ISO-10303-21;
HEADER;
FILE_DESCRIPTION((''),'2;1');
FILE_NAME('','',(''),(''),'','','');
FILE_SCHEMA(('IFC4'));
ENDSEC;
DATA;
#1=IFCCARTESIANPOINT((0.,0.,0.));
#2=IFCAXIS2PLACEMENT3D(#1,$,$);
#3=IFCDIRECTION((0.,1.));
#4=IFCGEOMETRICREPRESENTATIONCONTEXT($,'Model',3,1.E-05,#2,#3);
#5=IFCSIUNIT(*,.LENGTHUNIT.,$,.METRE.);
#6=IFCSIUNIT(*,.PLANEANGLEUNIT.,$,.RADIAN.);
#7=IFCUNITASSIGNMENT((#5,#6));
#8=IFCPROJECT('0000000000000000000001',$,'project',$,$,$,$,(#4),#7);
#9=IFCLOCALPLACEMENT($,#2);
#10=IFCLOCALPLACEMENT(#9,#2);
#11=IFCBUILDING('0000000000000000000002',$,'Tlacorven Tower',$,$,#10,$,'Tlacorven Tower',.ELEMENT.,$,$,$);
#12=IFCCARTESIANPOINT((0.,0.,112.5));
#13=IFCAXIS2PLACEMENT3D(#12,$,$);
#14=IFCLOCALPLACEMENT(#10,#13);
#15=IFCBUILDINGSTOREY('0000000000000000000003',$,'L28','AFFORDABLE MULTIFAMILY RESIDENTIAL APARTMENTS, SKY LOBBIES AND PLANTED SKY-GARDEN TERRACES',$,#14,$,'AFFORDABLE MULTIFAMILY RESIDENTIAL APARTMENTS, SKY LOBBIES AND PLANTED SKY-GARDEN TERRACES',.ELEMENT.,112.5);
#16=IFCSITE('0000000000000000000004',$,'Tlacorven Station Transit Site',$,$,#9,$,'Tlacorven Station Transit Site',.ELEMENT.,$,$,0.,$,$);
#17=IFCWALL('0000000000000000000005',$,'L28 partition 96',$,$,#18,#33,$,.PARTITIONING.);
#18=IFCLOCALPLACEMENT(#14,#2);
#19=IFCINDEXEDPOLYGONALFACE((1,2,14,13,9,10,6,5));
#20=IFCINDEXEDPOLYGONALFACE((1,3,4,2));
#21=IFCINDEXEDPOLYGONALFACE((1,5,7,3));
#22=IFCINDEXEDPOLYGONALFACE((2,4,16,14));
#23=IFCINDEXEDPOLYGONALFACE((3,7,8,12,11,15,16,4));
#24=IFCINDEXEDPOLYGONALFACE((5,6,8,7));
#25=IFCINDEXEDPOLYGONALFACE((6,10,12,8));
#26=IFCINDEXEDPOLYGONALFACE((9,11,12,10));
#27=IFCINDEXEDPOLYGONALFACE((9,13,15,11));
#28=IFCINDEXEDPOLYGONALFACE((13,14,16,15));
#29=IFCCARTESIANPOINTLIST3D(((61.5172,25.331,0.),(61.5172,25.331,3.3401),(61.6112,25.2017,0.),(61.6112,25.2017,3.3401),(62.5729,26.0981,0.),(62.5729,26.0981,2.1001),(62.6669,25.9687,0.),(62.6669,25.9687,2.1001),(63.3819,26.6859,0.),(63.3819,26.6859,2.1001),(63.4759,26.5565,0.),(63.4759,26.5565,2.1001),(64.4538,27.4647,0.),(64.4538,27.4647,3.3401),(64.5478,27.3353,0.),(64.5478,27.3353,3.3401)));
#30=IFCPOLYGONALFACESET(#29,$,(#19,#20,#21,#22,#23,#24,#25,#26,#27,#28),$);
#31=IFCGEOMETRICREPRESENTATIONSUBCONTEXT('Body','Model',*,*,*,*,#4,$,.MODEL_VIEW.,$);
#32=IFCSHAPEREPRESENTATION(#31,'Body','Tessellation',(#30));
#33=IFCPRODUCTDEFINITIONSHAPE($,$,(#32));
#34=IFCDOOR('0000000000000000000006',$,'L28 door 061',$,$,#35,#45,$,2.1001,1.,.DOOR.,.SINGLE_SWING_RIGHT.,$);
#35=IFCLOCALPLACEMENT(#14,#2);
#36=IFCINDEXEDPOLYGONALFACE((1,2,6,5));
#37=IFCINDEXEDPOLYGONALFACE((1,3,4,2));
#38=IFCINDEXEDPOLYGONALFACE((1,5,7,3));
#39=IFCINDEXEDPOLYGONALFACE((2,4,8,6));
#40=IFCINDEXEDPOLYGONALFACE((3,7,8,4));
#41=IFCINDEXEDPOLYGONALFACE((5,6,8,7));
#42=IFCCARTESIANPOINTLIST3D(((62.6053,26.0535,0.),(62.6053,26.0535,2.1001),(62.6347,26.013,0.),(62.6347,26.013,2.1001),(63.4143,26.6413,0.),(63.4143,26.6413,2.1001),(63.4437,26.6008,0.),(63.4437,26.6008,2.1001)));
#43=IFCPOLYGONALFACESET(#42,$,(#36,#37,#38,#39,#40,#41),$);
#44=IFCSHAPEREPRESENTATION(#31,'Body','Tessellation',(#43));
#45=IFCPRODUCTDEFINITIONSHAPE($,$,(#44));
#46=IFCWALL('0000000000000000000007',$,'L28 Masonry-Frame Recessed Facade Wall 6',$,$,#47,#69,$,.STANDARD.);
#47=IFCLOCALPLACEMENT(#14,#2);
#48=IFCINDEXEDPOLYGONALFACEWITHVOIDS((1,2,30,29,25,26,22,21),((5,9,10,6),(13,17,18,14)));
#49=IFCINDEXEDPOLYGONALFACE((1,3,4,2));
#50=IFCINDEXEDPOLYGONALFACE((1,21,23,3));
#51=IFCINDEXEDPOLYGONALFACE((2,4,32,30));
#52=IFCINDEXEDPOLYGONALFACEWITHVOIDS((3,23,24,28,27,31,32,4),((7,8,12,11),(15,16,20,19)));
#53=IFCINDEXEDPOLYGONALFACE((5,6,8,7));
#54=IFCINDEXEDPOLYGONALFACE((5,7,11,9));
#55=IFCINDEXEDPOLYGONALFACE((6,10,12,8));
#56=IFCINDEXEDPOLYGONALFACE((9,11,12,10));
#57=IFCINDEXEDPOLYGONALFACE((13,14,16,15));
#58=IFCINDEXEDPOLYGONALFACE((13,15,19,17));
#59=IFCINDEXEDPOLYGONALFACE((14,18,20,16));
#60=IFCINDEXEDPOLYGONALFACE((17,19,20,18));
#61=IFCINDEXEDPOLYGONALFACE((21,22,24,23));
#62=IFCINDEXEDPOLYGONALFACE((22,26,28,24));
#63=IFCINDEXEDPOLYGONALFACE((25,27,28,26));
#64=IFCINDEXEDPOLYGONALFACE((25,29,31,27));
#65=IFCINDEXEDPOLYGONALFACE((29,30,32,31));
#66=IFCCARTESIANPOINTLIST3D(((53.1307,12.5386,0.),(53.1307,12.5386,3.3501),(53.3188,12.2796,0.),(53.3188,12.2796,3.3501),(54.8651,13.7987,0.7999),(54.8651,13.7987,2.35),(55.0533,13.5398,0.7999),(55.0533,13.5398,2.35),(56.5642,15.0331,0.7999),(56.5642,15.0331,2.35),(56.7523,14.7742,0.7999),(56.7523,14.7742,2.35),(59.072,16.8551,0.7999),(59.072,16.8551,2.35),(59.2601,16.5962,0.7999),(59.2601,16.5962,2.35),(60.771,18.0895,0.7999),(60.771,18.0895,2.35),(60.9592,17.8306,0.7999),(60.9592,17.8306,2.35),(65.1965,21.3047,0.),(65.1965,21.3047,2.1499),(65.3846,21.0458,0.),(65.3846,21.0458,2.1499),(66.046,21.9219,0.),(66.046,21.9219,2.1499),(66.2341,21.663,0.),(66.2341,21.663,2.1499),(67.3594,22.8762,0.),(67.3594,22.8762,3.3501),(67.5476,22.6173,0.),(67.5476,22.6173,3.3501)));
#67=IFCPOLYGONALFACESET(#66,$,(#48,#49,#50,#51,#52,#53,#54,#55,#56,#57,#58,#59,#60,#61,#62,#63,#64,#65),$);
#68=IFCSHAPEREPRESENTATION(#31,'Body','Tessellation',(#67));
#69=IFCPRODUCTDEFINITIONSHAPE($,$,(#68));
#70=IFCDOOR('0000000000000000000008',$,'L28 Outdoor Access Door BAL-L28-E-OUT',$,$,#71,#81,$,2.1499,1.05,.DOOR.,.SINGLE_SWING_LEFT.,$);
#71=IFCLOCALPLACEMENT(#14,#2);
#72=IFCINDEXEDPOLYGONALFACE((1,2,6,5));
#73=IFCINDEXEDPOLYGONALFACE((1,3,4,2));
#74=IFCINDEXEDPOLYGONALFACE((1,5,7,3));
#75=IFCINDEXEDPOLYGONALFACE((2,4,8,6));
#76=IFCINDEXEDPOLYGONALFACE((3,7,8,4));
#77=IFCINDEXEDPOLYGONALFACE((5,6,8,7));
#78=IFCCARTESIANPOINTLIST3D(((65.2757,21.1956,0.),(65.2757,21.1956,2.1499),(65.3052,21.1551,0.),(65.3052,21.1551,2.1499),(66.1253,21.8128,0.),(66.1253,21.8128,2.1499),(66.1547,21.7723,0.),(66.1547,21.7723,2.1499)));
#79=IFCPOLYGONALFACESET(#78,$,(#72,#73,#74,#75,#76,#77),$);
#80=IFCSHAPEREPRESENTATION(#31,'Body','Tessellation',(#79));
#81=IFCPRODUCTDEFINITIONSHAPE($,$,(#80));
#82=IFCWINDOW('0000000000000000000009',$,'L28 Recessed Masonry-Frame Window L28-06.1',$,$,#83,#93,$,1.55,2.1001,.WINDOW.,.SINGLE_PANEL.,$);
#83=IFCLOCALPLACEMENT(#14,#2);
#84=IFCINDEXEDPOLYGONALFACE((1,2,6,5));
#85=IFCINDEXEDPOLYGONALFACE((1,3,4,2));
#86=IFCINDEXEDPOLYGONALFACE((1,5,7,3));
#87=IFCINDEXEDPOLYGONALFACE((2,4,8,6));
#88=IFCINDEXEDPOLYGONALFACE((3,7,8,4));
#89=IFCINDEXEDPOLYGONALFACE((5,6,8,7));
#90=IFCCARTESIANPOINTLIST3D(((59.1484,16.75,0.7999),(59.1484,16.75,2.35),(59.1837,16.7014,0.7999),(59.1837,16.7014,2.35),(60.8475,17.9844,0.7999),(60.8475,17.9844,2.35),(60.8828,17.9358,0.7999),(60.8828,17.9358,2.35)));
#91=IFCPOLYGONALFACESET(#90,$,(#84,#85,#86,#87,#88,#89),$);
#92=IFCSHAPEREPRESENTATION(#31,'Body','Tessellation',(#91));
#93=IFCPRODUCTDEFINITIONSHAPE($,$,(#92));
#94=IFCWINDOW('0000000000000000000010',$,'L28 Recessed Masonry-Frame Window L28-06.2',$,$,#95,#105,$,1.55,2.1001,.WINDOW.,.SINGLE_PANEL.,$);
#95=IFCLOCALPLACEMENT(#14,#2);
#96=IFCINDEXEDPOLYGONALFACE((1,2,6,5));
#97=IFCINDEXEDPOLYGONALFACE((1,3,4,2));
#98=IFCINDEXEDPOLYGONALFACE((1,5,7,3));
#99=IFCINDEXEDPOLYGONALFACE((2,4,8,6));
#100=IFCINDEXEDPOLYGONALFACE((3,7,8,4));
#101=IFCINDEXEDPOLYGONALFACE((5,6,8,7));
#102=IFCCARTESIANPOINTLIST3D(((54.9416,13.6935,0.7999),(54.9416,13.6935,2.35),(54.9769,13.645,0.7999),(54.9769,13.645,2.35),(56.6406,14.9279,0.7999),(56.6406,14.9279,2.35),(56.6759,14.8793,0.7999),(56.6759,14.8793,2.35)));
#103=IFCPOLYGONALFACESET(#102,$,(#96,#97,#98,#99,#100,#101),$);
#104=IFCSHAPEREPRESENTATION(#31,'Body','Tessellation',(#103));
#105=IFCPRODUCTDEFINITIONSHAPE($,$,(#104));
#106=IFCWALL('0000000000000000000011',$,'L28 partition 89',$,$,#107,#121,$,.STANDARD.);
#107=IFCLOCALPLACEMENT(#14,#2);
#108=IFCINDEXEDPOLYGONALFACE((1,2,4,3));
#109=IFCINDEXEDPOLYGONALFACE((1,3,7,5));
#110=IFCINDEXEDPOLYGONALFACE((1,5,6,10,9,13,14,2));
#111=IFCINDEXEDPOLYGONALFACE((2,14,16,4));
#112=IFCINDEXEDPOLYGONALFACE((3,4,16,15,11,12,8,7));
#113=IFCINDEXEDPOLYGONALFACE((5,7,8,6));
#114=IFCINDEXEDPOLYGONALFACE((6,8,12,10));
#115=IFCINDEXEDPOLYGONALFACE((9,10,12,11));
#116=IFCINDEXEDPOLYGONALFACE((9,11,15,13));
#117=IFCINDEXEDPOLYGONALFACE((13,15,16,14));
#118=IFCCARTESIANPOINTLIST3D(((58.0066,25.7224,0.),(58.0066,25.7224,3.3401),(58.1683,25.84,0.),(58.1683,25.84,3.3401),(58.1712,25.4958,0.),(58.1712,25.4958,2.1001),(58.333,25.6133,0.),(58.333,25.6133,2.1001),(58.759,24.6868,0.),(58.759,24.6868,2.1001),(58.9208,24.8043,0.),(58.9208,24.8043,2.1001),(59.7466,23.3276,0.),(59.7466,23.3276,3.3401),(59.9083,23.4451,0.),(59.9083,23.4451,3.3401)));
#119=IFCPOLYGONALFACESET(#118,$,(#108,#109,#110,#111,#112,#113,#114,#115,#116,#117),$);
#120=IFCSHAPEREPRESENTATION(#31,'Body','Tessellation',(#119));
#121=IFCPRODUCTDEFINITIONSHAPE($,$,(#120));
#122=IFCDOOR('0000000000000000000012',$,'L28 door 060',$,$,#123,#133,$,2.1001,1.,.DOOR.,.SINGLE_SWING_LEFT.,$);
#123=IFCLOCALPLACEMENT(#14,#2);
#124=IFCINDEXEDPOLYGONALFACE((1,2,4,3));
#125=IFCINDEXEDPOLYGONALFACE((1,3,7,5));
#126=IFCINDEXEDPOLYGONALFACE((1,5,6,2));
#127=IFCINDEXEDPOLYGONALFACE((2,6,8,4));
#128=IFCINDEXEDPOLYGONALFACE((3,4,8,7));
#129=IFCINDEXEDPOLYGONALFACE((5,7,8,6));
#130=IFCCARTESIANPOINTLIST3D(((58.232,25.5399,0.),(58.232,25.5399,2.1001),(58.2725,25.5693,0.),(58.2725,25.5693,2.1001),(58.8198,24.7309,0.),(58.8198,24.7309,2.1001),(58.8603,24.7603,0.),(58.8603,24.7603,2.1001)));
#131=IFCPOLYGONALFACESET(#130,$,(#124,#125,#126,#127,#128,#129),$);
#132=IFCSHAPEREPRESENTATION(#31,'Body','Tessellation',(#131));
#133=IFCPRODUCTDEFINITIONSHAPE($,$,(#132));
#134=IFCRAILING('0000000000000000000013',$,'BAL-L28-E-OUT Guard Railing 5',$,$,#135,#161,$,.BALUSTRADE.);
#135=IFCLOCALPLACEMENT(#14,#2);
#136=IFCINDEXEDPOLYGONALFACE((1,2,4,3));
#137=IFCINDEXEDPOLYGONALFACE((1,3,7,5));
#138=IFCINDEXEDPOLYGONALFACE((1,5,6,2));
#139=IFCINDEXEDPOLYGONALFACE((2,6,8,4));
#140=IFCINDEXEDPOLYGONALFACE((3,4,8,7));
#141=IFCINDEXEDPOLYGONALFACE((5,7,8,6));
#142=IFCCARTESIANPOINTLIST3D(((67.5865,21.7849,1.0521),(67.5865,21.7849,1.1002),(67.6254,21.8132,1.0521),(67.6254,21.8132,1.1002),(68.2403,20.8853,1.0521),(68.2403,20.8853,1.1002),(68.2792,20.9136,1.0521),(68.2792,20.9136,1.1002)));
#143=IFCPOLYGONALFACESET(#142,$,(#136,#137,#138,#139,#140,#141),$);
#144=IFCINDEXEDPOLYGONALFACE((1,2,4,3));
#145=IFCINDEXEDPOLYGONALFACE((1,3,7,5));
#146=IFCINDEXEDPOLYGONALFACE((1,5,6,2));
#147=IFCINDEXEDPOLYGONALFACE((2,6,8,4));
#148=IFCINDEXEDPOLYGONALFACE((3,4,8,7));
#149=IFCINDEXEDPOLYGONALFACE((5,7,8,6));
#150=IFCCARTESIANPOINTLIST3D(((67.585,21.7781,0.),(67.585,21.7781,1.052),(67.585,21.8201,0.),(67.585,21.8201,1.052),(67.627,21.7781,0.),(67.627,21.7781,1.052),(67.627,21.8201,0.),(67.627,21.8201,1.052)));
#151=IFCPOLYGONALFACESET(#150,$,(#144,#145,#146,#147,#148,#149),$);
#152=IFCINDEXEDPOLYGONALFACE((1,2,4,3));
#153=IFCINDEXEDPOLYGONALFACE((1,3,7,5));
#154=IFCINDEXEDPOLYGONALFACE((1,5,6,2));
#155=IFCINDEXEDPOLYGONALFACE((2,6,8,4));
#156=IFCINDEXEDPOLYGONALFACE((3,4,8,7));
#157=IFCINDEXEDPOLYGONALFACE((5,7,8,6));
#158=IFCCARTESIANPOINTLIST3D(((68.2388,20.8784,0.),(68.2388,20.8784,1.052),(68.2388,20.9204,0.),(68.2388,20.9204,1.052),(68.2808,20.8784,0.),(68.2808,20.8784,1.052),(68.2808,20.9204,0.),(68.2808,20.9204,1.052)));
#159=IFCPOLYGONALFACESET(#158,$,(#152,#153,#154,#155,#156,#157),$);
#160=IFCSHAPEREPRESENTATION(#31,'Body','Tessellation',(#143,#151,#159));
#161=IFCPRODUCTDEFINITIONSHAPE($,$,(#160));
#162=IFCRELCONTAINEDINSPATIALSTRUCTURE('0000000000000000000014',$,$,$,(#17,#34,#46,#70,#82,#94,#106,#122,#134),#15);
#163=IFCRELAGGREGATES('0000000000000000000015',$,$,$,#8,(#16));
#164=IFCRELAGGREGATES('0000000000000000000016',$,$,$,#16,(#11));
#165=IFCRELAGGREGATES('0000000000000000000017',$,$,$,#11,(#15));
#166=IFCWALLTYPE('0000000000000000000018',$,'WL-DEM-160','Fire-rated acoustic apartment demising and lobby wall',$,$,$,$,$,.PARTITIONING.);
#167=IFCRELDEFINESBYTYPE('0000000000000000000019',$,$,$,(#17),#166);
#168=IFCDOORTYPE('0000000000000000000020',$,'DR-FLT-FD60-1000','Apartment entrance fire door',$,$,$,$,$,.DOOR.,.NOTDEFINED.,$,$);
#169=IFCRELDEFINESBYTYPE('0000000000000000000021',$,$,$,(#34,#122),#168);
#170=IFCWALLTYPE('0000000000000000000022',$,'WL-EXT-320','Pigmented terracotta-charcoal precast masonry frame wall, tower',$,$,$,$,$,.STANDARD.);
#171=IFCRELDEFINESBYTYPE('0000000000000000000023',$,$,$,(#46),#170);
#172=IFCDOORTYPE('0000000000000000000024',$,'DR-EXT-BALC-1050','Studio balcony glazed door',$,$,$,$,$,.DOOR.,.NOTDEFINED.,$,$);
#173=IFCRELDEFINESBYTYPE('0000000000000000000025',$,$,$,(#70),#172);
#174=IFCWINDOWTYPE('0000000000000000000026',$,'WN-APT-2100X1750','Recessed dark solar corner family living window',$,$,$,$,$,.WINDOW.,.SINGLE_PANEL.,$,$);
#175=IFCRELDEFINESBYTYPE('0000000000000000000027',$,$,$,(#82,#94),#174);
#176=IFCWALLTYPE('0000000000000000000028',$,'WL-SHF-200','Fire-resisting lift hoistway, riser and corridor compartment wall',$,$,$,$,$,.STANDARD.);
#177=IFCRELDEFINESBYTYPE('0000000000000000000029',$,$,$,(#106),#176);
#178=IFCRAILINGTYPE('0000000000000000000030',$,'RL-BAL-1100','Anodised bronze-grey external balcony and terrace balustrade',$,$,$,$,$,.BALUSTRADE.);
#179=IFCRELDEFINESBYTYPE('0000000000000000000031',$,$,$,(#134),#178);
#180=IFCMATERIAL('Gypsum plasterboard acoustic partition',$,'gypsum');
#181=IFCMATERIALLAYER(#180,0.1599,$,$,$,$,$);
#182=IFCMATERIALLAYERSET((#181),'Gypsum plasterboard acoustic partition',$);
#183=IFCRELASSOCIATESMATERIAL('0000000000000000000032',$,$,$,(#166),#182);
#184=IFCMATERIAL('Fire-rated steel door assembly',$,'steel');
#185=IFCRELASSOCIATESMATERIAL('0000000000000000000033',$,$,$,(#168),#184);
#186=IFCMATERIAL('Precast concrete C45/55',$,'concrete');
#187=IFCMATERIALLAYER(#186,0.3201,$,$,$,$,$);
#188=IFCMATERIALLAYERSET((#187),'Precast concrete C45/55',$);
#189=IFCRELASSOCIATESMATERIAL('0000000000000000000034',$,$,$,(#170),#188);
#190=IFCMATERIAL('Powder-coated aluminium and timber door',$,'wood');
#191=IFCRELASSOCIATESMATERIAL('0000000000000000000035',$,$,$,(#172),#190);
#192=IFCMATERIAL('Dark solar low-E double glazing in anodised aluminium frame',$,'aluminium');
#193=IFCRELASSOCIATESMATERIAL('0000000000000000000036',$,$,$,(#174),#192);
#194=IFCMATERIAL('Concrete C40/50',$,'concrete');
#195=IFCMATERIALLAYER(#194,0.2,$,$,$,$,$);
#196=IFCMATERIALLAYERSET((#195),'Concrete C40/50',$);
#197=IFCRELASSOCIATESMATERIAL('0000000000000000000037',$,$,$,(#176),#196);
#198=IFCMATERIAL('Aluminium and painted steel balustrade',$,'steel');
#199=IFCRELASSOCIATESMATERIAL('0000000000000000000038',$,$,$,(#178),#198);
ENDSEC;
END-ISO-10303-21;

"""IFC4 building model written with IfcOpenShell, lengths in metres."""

from ifc_helpers import new_model, si_unit, direction, frame, frame_2d, origin, origin_2d, place, context, subcontext, project, spatial, rectangle, extrude, source, transform, mapped, material, layer, layer_set, type_object, element, fill, save


model = new_model("IFC4")

# Units and contexts
model_context = context("Model", 3, precision=1e-05, world=origin(), true_north=direction((0.0, 1.0)))
body_context = subcontext(model_context, "Body", "Model", "MODEL_VIEW")
ifc_project = project(units=[si_unit("LENGTHUNIT", "METRE"), si_unit("PLANEANGLEUNIT", "RADIAN")], contexts=[model_context])

# Site, building, storey
site_placement = place(None, origin())
site = spatial("IfcSite", under=ifc_project, at=site_placement, Name="Tlacorven Station Transit Site", LongName="Tlacorven Station Transit Site", CompositionType="ELEMENT", RefElevation=0.0)
building_placement = place(site_placement, origin())
building = spatial("IfcBuilding", under=site, at=building_placement, Name="Tlacorven Tower", LongName="Tlacorven Tower", CompositionType="ELEMENT")
storey_placement = place(building_placement, frame((0.0, 0.0, 112.5)))
storey = spatial("IfcBuildingStorey", under=building, at=storey_placement, Name="L28", Description="AFFORDABLE MULTIFAMILY RESIDENTIAL APARTMENTS, SKY LOBBIES AND PLANTED SKY-GARDEN TERRACES", LongName="AFFORDABLE MULTIFAMILY RESIDENTIAL APARTMENTS, SKY LOBBIES AND PLANTED SKY-GARDEN TERRACES", CompositionType="ELEMENT", Elevation=112.5)

# Shared definitions
ifc_material_1 = material(Name="Gypsum plasterboard acoustic partition", Category="gypsum")
ifc_layer_1 = layer(ifc_material_1, 0.1599)
ifc_layer_set_1 = layer_set([ifc_layer_1], Name="Gypsum plasterboard acoustic partition")
wall_type_1 = type_object("IfcWallType", Name="WL-DEM-160", Description="Fire-rated acoustic apartment demising and lobby wall", PredefinedType="PARTITIONING", material=ifc_layer_set_1)
ifc_material_2 = material(Name="Fire-rated steel door assembly", Category="steel")
door_type_1 = type_object("IfcDoorType", Name="DR-FLT-FD60-1000", Description="Apartment entrance fire door", OperationType="NOTDEFINED", PredefinedType="DOOR", material=ifc_material_2)
shared_shape_1 = source(origin(), body_context, "Body", "SweptSolid", [
    extrude(rectangle(XDim=1.0, YDim=2.1001, at=frame_2d((0.5, 1.05))), frame((0.0, 0.0249, 0.0), z_axis=(0.0, -1.0, 0.0), x_axis=(1.0, 0.0, 0.0)), (0.0, 0.0, 1.0), 0.05),
])

# Wall, opening, door
wall_1_placement = place(storey_placement, frame((61.5642, 25.2664, 0.0), z_axis=(0.0, 0.0, 1.0), x_axis=(0.809012, 0.587792, 0.0)))
wall_1 = element("IfcWall", 1, at=wall_1_placement, inside=storey, type_object=wall_type_1, Name="L28 partition 96", PredefinedType="PARTITIONING", context=body_context, shape_type="SweptSolid", body=[
    extrude(rectangle(XDim=3.6299, YDim=0.1599, at=frame_2d((1.8149, 0.0))), origin(), (0.0, 0.0, 1.0), 3.3401),
])
opening_1_placement = place(wall_1_placement, frame((1.3049, 0.0, 0.0)))
opening_1 = element("IfcOpeningElement", 2, at=opening_1_placement, cuts=wall_1, PredefinedType="OPENING", context=body_context, shape_type="SweptSolid", body=[
    extrude(rectangle(XDim=1.0, YDim=2.1001, at=frame_2d((0.5, 1.05))), frame((0.0, 0.0898, 0.0), z_axis=(0.0, -1.0, 0.0), x_axis=(1.0, 0.0, 0.0)), (0.0, 0.0, 1.0), 0.1799),
])
door_1_placement = place(opening_1_placement, origin())
door_1 = element("IfcDoor", 3, at=door_1_placement, inside=storey, type_object=door_type_1, Name="L28 door 061", OperationType="SINGLE_SWING_RIGHT", OverallHeight=2.1001, OverallWidth=1.0, PredefinedType="DOOR", context=body_context, shape_type="MappedRepresentation", body=[
    mapped(shared_shape_1, transform((0.0, 0.0, 0.0), scale=1.0)),
])
fill(opening_1, door_1)

# Wall, openings, door, windows
ifc_material_3 = material(Name="Precast concrete C45/55", Category="concrete")
ifc_layer_2 = layer(ifc_material_3, 0.3201)
ifc_layer_set_2 = layer_set([ifc_layer_2], Name="Precast concrete C45/55")
wall_type_2 = type_object("IfcWallType", Name="WL-EXT-320", Description="Pigmented terracotta-charcoal precast masonry frame wall, tower", PredefinedType="STANDARD", material=ifc_layer_set_2)
wall_2_placement = place(storey_placement, frame((67.4536, 22.7468, 0.0), z_axis=(0.0, 0.0, 1.0), x_axis=(-0.809021, -0.58778, 0.0)))
wall_2 = element("IfcWall", 4, at=wall_2_placement, inside=storey, type_object=wall_type_2, Name="L28 Masonry-Frame Recessed Facade Wall 6", PredefinedType="STANDARD", context=body_context, shape_type="SweptSolid", body=[
    extrude(rectangle(XDim=17.5876, YDim=0.3201, at=frame_2d((8.7939, 0.0))), origin(), (0.0, 0.0, 1.0), 3.3501),
])
opening_2_placement = place(wall_2_placement, frame((1.6238, 0.0, 0.0)))
opening_2 = element("IfcOpeningElement", 5, at=opening_2_placement, cuts=wall_2, PredefinedType="OPENING", context=body_context, shape_type="SweptSolid", body=[
    extrude(rectangle(XDim=1.05, YDim=2.1499, at=frame_2d((0.5249, 1.075))), frame((0.0, 0.1699, 0.0), z_axis=(0.0, -1.0, 0.0), x_axis=(1.0, 0.0, 0.0)), (0.0, 0.0, 1.0), 0.3401),
])
opening_3_placement = place(wall_2_placement, frame((8.1438, 0.0, 0.8)))
opening_3 = element("IfcOpeningElement", 6, at=opening_3_placement, cuts=wall_2, PredefinedType="OPENING", context=body_context, shape_type="SweptSolid", body=[
    extrude(rectangle(XDim=2.1001, YDim=1.55, at=frame_2d((1.05, 0.7749))), frame((0.0, 0.1699, 0.0), z_axis=(0.0, -1.0, 0.0), x_axis=(1.0, 0.0, 0.0)), (0.0, 0.0, 1.0), 0.3401),
])
opening_4_placement = place(wall_2_placement, frame((13.3438, 0.0, 0.8)))
opening_4 = element("IfcOpeningElement", 7, at=opening_4_placement, cuts=wall_2, PredefinedType="OPENING", context=body_context, shape_type="SweptSolid", body=[
    extrude(rectangle(XDim=2.1001, YDim=1.55, at=frame_2d((1.05, 0.7749))), frame((0.0, 0.1699, 0.0), z_axis=(0.0, -1.0, 0.0), x_axis=(1.0, 0.0, 0.0)), (0.0, 0.0, 1.0), 0.3401),
])
ifc_material_4 = material(Name="Powder-coated aluminium and timber door", Category="wood")
door_type_2 = type_object("IfcDoorType", Name="DR-EXT-BALC-1050", Description="Studio balcony glazed door", OperationType="NOTDEFINED", PredefinedType="DOOR", material=ifc_material_4)
shared_shape_2 = source(origin(), body_context, "Body", "SweptSolid", [
    extrude(rectangle(XDim=1.05, YDim=2.1499, at=frame_2d((0.5249, 1.075))), frame((0.0, 0.0249, 0.0), z_axis=(0.0, -1.0, 0.0), x_axis=(1.0, 0.0, 0.0)), (0.0, 0.0, 1.0), 0.05),
])
door_2_placement = place(opening_2_placement, origin())
door_2 = element("IfcDoor", 8, at=door_2_placement, inside=storey, type_object=door_type_2, Name="L28 Outdoor Access Door BAL-L28-E-OUT", OperationType="SINGLE_SWING_LEFT", OverallHeight=2.1499, OverallWidth=1.05, PredefinedType="DOOR", context=body_context, shape_type="MappedRepresentation", body=[
    mapped(shared_shape_2, transform((0.0, 0.0, 0.0), scale=1.0)),
])
fill(opening_2, door_2)
ifc_material_5 = material(Name="Dark solar low-E double glazing in anodised aluminium frame", Category="aluminium")
window_type = type_object("IfcWindowType", Name="WN-APT-2100X1750", Description="Recessed dark solar corner family living window", PartitioningType="SINGLE_PANEL", PredefinedType="WINDOW", material=ifc_material_5)
shared_shape_3 = source(origin(), body_context, "Body", "SweptSolid", [
    extrude(rectangle(XDim=2.1001, YDim=1.55, at=frame_2d((1.05, 0.7749))), frame((0.0, 0.03, 0.0), z_axis=(0.0, -1.0, 0.0), x_axis=(1.0, 0.0, 0.0)), (0.0, 0.0, 1.0), 0.0601),
])
window_1_placement = place(opening_3_placement, origin())
window_1 = element("IfcWindow", 9, at=window_1_placement, inside=storey, type_object=window_type, Name="L28 Recessed Masonry-Frame Window L28-06.1", OverallHeight=1.55, OverallWidth=2.1001, PartitioningType="SINGLE_PANEL", PredefinedType="WINDOW", context=body_context, shape_type="MappedRepresentation", body=[
    mapped(shared_shape_3, transform((0.0, 0.0, 0.0), scale=1.0)),
])
fill(opening_3, window_1)
window_2_placement = place(opening_4_placement, origin())
window_2 = element("IfcWindow", 10, at=window_2_placement, inside=storey, type_object=window_type, Name="L28 Recessed Masonry-Frame Window L28-06.2", OverallHeight=1.55, OverallWidth=2.1001, PartitioningType="SINGLE_PANEL", PredefinedType="WINDOW", context=body_context, shape_type="MappedRepresentation", body=[
    mapped(shared_shape_3, transform((0.0, 0.0, 0.0), scale=1.0)),
])
fill(opening_4, window_2)

# Wall, opening, door
ifc_material_6 = material(Name="Concrete C40/50", Category="concrete")
ifc_layer_3 = layer(ifc_material_6, 0.2)
ifc_layer_set_3 = layer_set([ifc_layer_3], Name="Concrete C40/50")
wall_type_3 = type_object("IfcWallType", Name="WL-SHF-200", Description="Fire-resisting lift hoistway, riser and corridor compartment wall", PredefinedType="STANDARD", material=ifc_layer_set_3)
wall_3_placement = place(storey_placement, frame((59.8274, 23.3865, 0.0), z_axis=(0.0, 0.0, 1.0), x_axis=(-0.587804, 0.809003, 0.0)))
wall_3 = element("IfcWall", 11, at=wall_3_placement, inside=storey, type_object=wall_type_3, Name="L28 partition 89", PredefinedType="STANDARD", context=body_context, shape_type="SweptSolid", body=[
    extrude(rectangle(XDim=2.9602, YDim=0.2, at=frame_2d((1.48, 0.0))), origin(), (0.0, 0.0, 1.0), 3.3401),
])
opening_5_placement = place(wall_3_placement, frame((1.6799, 0.0, 0.0)))
opening_5 = element("IfcOpeningElement", 12, at=opening_5_placement, cuts=wall_3, PredefinedType="OPENING", context=body_context, shape_type="SweptSolid", body=[
    extrude(rectangle(XDim=1.0, YDim=2.1001, at=frame_2d((0.5, 1.05))), frame((0.0, 0.1099, 0.0), z_axis=(0.0, -1.0, 0.0), x_axis=(1.0, 0.0, 0.0)), (0.0, 0.0, 1.0), 0.22),
])
door_3_placement = place(opening_5_placement, origin())
door_3 = element("IfcDoor", 13, at=door_3_placement, inside=storey, type_object=door_type_1, Name="L28 door 060", OperationType="SINGLE_SWING_LEFT", OverallHeight=2.1001, OverallWidth=1.0, PredefinedType="DOOR", context=body_context, shape_type="MappedRepresentation", body=[
    mapped(shared_shape_1, transform((0.0, 0.0, 0.0), scale=1.0)),
])
fill(opening_5, door_3)

# Railing
ifc_material_7 = material(Name="Aluminium and painted steel balustrade", Category="steel")
railing_type = type_object("IfcRailingType", Name="RL-BAL-1100", Description="Anodised bronze-grey external balcony and terrace balustrade", PredefinedType="BALUSTRADE", material=ifc_material_7)
shared_shape_4 = source(origin(), body_context, "Body", "SweptSolid", [
    extrude(rectangle(XDim=0.0481, YDim=0.0481, at=origin_2d()), frame((0.0, 0.0, 1.0762), z_axis=(0.587884, -0.808945, 0.0), x_axis=(0.808945, 0.587884, 0.0)), (0.0, 0.0, 1.0), 1.1121),
    extrude(rectangle(XDim=0.042, YDim=0.042, at=origin_2d()), origin(), (0.0, 0.0, 1.0), 1.052),
    extrude(rectangle(XDim=0.042, YDim=0.042, at=origin_2d()), frame((0.6538, -0.8997, 0.0)), (0.0, 0.0, 1.0), 1.052),
])
railing_1_placement = place(storey_placement, frame((67.606, 21.7991, 0.0)))
element("IfcRailing", 14, at=railing_1_placement, inside=storey, type_object=railing_type, Name="BAL-L28-E-OUT Guard Railing 5", PredefinedType="BALUSTRADE", context=body_context, shape_type="MappedRepresentation", body=[
    mapped(shared_shape_4, transform((0.0, 0.0, 0.0), scale=1.0)),
])

save(model, "model.ifc")
